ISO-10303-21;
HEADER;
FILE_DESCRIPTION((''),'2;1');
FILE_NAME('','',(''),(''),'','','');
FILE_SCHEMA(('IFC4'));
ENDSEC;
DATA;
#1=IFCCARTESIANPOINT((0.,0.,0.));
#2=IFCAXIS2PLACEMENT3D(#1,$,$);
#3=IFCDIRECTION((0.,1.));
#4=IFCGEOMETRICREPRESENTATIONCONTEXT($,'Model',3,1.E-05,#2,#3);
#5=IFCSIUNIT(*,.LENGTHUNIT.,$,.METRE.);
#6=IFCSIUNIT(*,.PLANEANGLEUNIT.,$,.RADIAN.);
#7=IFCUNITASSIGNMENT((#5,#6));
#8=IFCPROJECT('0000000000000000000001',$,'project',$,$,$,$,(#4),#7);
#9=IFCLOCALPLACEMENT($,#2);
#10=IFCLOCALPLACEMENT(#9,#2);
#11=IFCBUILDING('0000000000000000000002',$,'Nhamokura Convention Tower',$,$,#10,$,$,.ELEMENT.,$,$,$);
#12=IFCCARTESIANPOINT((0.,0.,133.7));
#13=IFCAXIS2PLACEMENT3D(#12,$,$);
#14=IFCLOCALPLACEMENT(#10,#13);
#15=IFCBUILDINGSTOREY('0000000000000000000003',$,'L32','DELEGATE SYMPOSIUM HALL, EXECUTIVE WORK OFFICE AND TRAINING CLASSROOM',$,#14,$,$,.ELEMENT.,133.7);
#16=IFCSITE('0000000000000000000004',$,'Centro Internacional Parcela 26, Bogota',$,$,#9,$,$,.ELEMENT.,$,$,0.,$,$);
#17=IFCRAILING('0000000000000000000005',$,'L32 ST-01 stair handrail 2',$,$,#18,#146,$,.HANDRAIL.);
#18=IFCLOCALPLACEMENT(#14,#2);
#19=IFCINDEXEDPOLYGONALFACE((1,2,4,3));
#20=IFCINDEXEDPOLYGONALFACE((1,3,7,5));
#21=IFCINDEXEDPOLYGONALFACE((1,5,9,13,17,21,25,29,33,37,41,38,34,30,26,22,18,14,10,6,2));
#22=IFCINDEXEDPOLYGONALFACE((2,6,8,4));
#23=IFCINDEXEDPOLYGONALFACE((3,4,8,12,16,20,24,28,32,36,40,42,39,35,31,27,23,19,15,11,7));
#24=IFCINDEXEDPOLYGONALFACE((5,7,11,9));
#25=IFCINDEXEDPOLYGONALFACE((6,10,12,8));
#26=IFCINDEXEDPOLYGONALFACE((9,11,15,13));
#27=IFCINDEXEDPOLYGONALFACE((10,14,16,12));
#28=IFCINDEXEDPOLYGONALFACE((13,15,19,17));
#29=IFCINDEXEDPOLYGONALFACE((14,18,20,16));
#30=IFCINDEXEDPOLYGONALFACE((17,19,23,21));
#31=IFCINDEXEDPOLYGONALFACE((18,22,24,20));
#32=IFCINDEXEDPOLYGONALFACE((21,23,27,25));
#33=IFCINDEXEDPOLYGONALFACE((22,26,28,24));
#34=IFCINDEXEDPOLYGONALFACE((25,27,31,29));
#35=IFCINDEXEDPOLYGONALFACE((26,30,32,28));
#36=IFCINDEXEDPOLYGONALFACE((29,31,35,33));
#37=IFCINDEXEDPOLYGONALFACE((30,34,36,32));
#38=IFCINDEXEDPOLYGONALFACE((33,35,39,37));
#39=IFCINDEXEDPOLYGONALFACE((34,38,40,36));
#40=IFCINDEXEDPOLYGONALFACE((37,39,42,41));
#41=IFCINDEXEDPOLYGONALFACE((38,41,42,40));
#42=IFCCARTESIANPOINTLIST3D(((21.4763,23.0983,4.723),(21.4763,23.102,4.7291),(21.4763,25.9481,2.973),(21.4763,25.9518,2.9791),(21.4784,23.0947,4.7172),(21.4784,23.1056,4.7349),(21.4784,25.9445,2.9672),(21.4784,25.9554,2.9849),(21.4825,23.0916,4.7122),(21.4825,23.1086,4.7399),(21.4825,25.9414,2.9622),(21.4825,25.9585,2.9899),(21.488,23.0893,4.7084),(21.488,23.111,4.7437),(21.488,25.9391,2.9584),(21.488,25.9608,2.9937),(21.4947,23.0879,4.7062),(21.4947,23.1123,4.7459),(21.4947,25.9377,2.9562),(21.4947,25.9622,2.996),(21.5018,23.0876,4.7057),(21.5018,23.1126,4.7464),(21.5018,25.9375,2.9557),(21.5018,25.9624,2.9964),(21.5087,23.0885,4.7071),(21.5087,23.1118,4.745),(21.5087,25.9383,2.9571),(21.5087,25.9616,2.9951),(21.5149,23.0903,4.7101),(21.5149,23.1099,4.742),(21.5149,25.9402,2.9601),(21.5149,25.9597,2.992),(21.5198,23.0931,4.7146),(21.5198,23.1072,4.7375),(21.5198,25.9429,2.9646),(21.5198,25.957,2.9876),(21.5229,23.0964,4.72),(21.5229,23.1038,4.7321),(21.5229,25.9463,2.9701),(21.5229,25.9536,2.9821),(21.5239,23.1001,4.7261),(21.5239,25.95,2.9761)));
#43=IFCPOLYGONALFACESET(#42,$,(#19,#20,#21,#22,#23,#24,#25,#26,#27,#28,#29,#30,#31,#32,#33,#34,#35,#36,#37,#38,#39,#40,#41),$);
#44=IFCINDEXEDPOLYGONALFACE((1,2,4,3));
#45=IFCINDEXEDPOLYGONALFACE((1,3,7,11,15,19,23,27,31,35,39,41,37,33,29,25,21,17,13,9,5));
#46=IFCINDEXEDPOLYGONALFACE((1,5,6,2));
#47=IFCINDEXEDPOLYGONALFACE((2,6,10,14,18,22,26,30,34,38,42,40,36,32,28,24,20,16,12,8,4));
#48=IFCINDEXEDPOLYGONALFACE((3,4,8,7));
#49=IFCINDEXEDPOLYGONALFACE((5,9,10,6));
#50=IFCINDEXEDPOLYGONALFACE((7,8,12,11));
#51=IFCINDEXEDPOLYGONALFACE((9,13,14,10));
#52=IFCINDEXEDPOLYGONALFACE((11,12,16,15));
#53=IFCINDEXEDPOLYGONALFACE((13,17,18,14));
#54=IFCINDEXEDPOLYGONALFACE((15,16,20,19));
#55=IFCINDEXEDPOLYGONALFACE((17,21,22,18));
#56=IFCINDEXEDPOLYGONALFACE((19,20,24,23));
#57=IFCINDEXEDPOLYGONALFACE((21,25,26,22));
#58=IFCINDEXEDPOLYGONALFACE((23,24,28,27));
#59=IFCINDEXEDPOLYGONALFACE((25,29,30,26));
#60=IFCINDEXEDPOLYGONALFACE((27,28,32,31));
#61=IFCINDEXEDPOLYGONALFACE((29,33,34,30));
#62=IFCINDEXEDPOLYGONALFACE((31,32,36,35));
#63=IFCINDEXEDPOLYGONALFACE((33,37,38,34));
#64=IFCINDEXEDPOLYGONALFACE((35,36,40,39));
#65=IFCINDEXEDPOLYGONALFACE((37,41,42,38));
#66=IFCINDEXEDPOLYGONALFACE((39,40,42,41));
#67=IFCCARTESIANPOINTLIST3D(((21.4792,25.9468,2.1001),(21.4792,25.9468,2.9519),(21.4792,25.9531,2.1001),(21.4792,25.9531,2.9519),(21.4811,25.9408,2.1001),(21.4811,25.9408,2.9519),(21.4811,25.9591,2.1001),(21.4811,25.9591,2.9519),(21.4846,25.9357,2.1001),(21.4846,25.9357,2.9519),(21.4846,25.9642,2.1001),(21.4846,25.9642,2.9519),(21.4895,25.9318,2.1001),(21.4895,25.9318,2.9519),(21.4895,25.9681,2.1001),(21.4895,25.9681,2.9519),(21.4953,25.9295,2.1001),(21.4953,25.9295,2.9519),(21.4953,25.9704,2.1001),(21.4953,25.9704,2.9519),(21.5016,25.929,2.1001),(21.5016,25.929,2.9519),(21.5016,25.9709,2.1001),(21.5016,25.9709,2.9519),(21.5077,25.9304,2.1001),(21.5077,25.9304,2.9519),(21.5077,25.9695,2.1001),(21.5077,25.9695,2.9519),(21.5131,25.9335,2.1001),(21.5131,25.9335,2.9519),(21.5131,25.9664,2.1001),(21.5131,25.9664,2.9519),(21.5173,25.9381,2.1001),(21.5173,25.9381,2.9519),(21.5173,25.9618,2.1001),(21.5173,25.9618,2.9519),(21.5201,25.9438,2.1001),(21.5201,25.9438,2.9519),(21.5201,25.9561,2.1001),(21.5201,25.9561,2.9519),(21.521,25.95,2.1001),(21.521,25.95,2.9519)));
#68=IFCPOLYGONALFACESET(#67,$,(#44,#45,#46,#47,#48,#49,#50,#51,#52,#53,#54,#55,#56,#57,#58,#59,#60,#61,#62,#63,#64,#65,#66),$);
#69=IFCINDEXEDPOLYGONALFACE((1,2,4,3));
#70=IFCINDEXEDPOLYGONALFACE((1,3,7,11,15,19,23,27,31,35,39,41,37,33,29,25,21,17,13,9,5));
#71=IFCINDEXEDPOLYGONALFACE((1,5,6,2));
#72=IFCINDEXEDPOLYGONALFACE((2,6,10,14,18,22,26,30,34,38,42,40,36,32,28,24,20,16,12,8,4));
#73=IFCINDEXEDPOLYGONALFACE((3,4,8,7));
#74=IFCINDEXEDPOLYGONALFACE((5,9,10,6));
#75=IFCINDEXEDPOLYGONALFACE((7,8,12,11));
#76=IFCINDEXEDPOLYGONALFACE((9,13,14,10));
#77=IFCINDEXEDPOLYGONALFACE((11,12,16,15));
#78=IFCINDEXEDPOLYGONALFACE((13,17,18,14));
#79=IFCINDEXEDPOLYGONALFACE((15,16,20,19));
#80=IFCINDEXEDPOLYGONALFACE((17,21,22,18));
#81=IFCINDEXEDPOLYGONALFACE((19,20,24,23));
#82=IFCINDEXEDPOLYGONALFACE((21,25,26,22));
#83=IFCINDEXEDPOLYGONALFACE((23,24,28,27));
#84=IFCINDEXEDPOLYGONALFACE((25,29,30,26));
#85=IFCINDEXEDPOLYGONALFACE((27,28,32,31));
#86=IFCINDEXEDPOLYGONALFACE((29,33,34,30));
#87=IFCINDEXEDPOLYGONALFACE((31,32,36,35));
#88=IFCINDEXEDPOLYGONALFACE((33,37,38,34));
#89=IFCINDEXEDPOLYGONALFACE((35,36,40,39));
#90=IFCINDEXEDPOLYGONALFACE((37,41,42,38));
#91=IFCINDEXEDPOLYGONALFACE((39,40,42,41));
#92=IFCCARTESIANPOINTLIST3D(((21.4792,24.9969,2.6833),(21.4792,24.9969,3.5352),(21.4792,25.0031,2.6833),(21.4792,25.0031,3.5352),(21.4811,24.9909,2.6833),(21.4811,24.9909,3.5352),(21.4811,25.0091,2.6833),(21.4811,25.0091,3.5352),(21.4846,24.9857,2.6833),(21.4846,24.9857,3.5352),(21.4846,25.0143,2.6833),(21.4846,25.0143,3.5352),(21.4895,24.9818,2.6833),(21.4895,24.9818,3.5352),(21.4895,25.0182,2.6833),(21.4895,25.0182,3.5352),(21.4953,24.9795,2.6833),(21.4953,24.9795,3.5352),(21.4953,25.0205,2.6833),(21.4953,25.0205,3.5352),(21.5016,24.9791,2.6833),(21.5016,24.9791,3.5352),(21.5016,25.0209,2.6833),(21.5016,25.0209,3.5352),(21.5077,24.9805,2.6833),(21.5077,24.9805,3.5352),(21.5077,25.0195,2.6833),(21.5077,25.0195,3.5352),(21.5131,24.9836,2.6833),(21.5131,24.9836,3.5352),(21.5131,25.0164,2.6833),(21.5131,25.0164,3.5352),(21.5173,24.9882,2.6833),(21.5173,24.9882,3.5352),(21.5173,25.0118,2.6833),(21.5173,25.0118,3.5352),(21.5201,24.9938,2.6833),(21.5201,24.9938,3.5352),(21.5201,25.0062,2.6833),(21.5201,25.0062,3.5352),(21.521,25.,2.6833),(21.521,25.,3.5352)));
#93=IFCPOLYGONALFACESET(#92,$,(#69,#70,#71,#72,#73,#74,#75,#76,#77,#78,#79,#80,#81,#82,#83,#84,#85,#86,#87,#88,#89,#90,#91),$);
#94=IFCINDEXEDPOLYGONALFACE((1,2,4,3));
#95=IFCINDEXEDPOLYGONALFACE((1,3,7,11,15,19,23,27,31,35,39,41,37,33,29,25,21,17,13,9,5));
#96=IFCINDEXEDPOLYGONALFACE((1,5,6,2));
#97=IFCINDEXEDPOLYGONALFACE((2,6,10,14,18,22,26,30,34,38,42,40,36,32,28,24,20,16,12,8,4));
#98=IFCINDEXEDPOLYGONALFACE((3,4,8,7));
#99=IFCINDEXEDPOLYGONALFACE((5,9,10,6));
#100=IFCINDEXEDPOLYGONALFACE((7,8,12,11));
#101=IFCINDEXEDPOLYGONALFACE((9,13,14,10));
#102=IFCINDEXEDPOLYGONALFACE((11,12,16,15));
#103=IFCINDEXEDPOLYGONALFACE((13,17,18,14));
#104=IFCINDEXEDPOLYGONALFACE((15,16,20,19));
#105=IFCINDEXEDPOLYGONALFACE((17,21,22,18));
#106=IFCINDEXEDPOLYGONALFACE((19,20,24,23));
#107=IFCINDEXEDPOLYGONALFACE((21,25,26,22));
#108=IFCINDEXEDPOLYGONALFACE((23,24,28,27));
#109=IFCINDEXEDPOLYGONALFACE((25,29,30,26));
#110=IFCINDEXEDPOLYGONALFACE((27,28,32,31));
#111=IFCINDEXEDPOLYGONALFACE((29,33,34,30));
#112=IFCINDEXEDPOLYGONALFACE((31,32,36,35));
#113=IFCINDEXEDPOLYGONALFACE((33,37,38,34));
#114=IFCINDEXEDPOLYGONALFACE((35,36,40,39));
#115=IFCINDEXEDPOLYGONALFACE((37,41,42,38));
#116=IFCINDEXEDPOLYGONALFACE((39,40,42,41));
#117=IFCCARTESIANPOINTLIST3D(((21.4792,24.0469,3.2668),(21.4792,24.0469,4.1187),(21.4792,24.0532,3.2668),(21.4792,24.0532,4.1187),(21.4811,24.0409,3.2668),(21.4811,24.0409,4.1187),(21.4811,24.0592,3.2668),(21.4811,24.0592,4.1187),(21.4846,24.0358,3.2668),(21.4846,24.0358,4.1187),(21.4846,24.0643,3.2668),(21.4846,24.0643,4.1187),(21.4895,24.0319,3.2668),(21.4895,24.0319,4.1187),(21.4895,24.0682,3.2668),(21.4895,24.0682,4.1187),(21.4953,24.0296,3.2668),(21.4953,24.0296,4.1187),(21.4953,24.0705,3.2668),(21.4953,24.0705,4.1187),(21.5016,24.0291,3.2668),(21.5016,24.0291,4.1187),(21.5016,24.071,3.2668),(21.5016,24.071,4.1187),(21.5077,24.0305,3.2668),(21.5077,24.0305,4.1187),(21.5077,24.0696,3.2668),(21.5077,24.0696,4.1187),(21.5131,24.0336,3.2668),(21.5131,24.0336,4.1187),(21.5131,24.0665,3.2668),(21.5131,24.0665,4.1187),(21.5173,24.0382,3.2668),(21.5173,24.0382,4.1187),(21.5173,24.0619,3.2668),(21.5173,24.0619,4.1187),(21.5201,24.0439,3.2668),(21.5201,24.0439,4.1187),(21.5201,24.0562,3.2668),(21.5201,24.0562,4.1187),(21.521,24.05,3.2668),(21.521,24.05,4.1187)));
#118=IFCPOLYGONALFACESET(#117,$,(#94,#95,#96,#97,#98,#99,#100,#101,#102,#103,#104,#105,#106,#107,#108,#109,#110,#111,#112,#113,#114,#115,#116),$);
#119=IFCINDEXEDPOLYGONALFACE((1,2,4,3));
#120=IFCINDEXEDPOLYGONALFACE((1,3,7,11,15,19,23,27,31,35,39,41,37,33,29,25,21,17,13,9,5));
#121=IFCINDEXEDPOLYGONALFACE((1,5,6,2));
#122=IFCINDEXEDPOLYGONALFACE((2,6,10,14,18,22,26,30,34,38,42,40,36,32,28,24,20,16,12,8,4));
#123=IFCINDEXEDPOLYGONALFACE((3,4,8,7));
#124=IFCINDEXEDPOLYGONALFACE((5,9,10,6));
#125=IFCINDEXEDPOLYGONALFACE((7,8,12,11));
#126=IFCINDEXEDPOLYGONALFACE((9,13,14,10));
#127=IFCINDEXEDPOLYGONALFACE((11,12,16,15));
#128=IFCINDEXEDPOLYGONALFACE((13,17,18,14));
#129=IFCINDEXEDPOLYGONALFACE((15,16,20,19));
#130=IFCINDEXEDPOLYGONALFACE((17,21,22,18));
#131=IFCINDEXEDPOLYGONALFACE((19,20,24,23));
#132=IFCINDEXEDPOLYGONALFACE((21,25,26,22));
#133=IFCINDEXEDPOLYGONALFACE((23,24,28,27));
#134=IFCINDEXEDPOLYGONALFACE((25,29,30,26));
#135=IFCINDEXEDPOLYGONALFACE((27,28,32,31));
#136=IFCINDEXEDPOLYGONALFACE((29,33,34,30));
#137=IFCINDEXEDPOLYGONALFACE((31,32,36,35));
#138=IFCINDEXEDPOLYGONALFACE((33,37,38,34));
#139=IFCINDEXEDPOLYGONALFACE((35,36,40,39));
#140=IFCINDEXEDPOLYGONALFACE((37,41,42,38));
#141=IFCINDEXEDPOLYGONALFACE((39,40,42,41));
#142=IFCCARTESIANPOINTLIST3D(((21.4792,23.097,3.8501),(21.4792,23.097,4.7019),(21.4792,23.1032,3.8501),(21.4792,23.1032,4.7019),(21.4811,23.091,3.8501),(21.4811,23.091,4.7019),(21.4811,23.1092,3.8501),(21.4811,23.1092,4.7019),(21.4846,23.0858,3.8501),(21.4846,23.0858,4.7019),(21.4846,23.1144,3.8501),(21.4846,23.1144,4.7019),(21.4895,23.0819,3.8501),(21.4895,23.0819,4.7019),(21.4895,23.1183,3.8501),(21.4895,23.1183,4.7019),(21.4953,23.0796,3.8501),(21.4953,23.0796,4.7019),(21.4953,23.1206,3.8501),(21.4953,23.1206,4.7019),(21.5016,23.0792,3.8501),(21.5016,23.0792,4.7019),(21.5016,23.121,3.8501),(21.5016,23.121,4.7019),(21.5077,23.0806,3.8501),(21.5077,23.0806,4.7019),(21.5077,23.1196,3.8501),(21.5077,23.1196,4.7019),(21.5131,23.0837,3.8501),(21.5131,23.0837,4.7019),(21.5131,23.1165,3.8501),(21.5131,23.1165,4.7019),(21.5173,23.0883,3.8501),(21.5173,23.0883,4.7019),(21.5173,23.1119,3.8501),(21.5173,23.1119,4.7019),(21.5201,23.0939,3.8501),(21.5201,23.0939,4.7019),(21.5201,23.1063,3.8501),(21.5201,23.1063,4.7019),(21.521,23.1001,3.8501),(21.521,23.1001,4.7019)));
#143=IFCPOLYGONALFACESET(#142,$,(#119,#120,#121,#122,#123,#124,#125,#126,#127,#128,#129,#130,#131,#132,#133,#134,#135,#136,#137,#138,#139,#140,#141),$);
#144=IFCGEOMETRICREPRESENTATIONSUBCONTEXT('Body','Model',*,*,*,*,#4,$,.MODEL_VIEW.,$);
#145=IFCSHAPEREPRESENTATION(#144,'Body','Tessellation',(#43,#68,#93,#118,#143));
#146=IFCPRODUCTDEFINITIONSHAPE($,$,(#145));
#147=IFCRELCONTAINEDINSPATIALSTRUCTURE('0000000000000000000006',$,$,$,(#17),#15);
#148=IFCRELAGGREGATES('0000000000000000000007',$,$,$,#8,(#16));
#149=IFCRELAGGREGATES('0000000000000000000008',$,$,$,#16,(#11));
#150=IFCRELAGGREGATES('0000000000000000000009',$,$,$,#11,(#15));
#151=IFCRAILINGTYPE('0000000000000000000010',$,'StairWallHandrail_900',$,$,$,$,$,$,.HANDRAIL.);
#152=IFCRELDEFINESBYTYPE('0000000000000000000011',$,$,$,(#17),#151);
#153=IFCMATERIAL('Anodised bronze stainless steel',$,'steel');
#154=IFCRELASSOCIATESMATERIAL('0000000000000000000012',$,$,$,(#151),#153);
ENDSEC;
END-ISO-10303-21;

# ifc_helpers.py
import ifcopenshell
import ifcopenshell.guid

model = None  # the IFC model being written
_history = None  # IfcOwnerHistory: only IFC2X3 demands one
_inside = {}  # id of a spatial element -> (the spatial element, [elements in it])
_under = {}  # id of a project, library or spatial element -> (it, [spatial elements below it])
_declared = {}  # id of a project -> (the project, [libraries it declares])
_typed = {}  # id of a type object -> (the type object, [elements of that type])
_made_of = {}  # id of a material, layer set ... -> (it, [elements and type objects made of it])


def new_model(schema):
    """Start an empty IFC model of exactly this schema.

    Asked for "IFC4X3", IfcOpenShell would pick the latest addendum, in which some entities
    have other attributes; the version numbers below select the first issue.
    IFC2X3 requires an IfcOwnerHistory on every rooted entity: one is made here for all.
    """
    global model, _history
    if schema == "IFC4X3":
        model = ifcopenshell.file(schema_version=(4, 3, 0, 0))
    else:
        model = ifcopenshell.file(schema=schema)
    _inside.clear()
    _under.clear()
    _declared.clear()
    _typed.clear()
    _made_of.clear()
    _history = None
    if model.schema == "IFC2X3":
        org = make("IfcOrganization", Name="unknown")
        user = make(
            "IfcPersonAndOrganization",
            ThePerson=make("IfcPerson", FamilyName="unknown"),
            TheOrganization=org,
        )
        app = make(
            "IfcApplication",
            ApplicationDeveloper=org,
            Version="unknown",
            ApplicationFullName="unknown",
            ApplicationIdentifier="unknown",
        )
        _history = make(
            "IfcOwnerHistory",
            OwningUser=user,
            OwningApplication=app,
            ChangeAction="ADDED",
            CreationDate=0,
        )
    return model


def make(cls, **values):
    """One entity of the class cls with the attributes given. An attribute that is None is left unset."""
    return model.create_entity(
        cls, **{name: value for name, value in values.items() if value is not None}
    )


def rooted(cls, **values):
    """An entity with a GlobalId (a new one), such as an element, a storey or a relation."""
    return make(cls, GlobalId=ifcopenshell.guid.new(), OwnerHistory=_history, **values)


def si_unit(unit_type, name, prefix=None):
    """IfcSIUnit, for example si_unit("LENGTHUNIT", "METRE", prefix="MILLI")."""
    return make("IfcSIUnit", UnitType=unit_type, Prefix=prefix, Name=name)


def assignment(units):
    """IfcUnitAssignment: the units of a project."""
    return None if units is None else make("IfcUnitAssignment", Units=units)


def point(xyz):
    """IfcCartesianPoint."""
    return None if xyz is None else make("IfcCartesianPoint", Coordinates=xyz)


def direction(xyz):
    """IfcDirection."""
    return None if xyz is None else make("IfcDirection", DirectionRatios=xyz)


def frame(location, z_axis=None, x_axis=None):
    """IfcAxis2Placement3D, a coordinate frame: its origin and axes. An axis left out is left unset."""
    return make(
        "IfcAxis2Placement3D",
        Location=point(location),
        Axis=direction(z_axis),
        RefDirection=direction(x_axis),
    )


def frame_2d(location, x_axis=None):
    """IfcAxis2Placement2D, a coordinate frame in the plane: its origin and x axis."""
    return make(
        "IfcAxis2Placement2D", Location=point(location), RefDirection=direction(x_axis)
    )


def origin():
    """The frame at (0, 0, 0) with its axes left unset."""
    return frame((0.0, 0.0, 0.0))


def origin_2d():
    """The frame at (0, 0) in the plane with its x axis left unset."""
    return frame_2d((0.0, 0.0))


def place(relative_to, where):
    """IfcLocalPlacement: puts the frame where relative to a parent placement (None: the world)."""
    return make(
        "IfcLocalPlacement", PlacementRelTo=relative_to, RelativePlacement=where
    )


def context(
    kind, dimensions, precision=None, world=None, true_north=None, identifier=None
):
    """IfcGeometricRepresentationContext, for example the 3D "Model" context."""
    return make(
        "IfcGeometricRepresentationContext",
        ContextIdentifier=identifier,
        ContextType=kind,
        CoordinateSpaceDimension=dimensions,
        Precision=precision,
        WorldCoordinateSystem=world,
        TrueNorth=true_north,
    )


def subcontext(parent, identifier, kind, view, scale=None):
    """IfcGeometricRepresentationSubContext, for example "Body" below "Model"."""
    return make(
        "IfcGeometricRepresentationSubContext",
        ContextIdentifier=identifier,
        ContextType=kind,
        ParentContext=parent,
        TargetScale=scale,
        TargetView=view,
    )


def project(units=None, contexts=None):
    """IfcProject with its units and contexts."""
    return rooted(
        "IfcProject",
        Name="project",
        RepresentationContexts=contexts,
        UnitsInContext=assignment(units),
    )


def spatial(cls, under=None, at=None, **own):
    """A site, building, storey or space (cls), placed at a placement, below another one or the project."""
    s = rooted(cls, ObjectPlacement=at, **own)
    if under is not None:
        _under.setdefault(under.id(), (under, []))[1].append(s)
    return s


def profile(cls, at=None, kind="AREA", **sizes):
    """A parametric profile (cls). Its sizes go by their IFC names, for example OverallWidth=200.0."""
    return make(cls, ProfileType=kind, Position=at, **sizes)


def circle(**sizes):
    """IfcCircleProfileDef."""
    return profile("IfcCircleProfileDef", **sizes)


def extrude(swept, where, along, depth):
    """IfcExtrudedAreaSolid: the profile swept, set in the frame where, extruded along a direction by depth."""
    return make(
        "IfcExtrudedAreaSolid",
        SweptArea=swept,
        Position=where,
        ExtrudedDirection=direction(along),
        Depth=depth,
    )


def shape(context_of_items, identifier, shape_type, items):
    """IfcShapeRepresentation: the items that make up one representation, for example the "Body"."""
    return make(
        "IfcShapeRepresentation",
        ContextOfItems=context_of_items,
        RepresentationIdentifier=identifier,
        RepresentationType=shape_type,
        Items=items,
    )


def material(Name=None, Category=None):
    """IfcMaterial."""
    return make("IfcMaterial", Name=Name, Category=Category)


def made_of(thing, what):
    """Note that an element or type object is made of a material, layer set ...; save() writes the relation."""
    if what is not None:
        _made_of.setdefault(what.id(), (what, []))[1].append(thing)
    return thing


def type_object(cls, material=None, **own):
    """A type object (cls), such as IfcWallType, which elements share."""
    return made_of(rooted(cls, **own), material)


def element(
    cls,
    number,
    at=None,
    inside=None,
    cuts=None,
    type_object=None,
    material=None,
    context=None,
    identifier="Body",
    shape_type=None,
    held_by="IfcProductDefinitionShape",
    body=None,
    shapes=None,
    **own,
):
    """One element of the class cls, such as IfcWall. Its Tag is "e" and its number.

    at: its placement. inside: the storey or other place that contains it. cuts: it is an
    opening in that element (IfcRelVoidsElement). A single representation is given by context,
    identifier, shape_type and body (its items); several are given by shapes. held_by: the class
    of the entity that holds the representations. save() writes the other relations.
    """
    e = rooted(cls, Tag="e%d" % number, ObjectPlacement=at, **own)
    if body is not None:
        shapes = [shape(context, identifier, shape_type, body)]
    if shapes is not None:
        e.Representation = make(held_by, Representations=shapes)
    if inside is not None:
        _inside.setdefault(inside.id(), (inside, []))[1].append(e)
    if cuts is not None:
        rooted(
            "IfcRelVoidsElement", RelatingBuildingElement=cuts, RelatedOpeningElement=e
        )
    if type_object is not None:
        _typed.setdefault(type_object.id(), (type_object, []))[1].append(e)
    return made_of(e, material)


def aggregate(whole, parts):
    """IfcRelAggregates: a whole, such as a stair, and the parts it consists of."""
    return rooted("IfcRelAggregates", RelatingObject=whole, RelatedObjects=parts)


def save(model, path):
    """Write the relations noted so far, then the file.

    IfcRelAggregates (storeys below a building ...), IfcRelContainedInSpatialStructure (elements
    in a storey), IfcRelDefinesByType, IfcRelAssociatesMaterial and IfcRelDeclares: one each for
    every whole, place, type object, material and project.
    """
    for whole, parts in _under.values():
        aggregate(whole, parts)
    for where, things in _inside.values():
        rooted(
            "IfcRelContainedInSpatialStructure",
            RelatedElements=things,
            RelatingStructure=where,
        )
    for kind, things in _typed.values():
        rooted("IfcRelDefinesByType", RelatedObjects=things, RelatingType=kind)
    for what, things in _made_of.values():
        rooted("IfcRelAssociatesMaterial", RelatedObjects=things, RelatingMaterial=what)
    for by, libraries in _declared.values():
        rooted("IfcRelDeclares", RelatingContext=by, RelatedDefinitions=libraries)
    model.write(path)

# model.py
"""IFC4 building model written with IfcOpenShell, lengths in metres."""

from ifc_helpers import new_model, si_unit, direction, frame, origin, origin_2d, place, context, subcontext, project, spatial, circle, extrude, material, type_object, element, save


model = new_model("IFC4")

# Units and contexts
model_context = context("Model", 3, precision=1e-05, world=origin(), true_north=direction((0.0, 1.0)))
body_context = subcontext(model_context, "Body", "Model", "MODEL_VIEW")
ifc_project = project(units=[si_unit("LENGTHUNIT", "METRE"), si_unit("PLANEANGLEUNIT", "RADIAN")], contexts=[model_context])

# Site, building, storey
site_placement = place(None, origin())
site = spatial("IfcSite", under=ifc_project, at=site_placement, Name="Centro Internacional Parcela 26, Bogota", CompositionType="ELEMENT", RefElevation=0.0)
building_placement = place(site_placement, origin())
building = spatial("IfcBuilding", under=site, at=building_placement, Name="Nhamokura Convention Tower", CompositionType="ELEMENT")
storey_placement = place(building_placement, frame((0.0, 0.0, 133.7)))
storey = spatial("IfcBuildingStorey", under=building, at=storey_placement, Name="L32", Description="DELEGATE SYMPOSIUM HALL, EXECUTIVE WORK OFFICE AND TRAINING CLASSROOM", CompositionType="ELEMENT", Elevation=133.7)

# Railing
ifc_material_1 = material(Name="Anodised bronze stainless steel", Category="steel")
railing_type_1 = type_object("IfcRailingType", Name="StairWallHandrail_900", PredefinedType="HANDRAIL", material=ifc_material_1)
railing_1_placement = place(storey_placement, frame((21.5, 25.95, 2.1001)))
element("IfcRailing", 1, at=railing_1_placement, inside=storey, type_object=railing_type_1, Name="L32 ST-01 stair handrail 2", PredefinedType="HANDRAIL", context=body_context, shape_type="SweptSolid", body=[
    extrude(circle(Radius=0.0239, at=origin_2d()), frame((0.0, 0.0, 0.876), z_axis=(0.0, -0.852159, 0.523283), x_axis=(1.0, 0.0, 0.0)), (0.0, 0.0, 1.0), 3.3442),
    extrude(circle(Radius=0.021, at=origin_2d()), origin(), (0.0, 0.0, 1.0), 0.8518),
    extrude(circle(Radius=0.021, at=origin_2d()), frame((0.0, -0.95, 0.5833)), (0.0, 0.0, 1.0), 0.8518),
    extrude(circle(Radius=0.021, at=origin_2d()), frame((0.0, -1.8999, 1.1667)), (0.0, 0.0, 1.0), 0.8518),
    extrude(circle(Radius=0.021, at=origin_2d()), frame((0.0, -2.8499, 1.75)), (0.0, 0.0, 1.0), 0.8518),
])

save(model, "model.ifc")
